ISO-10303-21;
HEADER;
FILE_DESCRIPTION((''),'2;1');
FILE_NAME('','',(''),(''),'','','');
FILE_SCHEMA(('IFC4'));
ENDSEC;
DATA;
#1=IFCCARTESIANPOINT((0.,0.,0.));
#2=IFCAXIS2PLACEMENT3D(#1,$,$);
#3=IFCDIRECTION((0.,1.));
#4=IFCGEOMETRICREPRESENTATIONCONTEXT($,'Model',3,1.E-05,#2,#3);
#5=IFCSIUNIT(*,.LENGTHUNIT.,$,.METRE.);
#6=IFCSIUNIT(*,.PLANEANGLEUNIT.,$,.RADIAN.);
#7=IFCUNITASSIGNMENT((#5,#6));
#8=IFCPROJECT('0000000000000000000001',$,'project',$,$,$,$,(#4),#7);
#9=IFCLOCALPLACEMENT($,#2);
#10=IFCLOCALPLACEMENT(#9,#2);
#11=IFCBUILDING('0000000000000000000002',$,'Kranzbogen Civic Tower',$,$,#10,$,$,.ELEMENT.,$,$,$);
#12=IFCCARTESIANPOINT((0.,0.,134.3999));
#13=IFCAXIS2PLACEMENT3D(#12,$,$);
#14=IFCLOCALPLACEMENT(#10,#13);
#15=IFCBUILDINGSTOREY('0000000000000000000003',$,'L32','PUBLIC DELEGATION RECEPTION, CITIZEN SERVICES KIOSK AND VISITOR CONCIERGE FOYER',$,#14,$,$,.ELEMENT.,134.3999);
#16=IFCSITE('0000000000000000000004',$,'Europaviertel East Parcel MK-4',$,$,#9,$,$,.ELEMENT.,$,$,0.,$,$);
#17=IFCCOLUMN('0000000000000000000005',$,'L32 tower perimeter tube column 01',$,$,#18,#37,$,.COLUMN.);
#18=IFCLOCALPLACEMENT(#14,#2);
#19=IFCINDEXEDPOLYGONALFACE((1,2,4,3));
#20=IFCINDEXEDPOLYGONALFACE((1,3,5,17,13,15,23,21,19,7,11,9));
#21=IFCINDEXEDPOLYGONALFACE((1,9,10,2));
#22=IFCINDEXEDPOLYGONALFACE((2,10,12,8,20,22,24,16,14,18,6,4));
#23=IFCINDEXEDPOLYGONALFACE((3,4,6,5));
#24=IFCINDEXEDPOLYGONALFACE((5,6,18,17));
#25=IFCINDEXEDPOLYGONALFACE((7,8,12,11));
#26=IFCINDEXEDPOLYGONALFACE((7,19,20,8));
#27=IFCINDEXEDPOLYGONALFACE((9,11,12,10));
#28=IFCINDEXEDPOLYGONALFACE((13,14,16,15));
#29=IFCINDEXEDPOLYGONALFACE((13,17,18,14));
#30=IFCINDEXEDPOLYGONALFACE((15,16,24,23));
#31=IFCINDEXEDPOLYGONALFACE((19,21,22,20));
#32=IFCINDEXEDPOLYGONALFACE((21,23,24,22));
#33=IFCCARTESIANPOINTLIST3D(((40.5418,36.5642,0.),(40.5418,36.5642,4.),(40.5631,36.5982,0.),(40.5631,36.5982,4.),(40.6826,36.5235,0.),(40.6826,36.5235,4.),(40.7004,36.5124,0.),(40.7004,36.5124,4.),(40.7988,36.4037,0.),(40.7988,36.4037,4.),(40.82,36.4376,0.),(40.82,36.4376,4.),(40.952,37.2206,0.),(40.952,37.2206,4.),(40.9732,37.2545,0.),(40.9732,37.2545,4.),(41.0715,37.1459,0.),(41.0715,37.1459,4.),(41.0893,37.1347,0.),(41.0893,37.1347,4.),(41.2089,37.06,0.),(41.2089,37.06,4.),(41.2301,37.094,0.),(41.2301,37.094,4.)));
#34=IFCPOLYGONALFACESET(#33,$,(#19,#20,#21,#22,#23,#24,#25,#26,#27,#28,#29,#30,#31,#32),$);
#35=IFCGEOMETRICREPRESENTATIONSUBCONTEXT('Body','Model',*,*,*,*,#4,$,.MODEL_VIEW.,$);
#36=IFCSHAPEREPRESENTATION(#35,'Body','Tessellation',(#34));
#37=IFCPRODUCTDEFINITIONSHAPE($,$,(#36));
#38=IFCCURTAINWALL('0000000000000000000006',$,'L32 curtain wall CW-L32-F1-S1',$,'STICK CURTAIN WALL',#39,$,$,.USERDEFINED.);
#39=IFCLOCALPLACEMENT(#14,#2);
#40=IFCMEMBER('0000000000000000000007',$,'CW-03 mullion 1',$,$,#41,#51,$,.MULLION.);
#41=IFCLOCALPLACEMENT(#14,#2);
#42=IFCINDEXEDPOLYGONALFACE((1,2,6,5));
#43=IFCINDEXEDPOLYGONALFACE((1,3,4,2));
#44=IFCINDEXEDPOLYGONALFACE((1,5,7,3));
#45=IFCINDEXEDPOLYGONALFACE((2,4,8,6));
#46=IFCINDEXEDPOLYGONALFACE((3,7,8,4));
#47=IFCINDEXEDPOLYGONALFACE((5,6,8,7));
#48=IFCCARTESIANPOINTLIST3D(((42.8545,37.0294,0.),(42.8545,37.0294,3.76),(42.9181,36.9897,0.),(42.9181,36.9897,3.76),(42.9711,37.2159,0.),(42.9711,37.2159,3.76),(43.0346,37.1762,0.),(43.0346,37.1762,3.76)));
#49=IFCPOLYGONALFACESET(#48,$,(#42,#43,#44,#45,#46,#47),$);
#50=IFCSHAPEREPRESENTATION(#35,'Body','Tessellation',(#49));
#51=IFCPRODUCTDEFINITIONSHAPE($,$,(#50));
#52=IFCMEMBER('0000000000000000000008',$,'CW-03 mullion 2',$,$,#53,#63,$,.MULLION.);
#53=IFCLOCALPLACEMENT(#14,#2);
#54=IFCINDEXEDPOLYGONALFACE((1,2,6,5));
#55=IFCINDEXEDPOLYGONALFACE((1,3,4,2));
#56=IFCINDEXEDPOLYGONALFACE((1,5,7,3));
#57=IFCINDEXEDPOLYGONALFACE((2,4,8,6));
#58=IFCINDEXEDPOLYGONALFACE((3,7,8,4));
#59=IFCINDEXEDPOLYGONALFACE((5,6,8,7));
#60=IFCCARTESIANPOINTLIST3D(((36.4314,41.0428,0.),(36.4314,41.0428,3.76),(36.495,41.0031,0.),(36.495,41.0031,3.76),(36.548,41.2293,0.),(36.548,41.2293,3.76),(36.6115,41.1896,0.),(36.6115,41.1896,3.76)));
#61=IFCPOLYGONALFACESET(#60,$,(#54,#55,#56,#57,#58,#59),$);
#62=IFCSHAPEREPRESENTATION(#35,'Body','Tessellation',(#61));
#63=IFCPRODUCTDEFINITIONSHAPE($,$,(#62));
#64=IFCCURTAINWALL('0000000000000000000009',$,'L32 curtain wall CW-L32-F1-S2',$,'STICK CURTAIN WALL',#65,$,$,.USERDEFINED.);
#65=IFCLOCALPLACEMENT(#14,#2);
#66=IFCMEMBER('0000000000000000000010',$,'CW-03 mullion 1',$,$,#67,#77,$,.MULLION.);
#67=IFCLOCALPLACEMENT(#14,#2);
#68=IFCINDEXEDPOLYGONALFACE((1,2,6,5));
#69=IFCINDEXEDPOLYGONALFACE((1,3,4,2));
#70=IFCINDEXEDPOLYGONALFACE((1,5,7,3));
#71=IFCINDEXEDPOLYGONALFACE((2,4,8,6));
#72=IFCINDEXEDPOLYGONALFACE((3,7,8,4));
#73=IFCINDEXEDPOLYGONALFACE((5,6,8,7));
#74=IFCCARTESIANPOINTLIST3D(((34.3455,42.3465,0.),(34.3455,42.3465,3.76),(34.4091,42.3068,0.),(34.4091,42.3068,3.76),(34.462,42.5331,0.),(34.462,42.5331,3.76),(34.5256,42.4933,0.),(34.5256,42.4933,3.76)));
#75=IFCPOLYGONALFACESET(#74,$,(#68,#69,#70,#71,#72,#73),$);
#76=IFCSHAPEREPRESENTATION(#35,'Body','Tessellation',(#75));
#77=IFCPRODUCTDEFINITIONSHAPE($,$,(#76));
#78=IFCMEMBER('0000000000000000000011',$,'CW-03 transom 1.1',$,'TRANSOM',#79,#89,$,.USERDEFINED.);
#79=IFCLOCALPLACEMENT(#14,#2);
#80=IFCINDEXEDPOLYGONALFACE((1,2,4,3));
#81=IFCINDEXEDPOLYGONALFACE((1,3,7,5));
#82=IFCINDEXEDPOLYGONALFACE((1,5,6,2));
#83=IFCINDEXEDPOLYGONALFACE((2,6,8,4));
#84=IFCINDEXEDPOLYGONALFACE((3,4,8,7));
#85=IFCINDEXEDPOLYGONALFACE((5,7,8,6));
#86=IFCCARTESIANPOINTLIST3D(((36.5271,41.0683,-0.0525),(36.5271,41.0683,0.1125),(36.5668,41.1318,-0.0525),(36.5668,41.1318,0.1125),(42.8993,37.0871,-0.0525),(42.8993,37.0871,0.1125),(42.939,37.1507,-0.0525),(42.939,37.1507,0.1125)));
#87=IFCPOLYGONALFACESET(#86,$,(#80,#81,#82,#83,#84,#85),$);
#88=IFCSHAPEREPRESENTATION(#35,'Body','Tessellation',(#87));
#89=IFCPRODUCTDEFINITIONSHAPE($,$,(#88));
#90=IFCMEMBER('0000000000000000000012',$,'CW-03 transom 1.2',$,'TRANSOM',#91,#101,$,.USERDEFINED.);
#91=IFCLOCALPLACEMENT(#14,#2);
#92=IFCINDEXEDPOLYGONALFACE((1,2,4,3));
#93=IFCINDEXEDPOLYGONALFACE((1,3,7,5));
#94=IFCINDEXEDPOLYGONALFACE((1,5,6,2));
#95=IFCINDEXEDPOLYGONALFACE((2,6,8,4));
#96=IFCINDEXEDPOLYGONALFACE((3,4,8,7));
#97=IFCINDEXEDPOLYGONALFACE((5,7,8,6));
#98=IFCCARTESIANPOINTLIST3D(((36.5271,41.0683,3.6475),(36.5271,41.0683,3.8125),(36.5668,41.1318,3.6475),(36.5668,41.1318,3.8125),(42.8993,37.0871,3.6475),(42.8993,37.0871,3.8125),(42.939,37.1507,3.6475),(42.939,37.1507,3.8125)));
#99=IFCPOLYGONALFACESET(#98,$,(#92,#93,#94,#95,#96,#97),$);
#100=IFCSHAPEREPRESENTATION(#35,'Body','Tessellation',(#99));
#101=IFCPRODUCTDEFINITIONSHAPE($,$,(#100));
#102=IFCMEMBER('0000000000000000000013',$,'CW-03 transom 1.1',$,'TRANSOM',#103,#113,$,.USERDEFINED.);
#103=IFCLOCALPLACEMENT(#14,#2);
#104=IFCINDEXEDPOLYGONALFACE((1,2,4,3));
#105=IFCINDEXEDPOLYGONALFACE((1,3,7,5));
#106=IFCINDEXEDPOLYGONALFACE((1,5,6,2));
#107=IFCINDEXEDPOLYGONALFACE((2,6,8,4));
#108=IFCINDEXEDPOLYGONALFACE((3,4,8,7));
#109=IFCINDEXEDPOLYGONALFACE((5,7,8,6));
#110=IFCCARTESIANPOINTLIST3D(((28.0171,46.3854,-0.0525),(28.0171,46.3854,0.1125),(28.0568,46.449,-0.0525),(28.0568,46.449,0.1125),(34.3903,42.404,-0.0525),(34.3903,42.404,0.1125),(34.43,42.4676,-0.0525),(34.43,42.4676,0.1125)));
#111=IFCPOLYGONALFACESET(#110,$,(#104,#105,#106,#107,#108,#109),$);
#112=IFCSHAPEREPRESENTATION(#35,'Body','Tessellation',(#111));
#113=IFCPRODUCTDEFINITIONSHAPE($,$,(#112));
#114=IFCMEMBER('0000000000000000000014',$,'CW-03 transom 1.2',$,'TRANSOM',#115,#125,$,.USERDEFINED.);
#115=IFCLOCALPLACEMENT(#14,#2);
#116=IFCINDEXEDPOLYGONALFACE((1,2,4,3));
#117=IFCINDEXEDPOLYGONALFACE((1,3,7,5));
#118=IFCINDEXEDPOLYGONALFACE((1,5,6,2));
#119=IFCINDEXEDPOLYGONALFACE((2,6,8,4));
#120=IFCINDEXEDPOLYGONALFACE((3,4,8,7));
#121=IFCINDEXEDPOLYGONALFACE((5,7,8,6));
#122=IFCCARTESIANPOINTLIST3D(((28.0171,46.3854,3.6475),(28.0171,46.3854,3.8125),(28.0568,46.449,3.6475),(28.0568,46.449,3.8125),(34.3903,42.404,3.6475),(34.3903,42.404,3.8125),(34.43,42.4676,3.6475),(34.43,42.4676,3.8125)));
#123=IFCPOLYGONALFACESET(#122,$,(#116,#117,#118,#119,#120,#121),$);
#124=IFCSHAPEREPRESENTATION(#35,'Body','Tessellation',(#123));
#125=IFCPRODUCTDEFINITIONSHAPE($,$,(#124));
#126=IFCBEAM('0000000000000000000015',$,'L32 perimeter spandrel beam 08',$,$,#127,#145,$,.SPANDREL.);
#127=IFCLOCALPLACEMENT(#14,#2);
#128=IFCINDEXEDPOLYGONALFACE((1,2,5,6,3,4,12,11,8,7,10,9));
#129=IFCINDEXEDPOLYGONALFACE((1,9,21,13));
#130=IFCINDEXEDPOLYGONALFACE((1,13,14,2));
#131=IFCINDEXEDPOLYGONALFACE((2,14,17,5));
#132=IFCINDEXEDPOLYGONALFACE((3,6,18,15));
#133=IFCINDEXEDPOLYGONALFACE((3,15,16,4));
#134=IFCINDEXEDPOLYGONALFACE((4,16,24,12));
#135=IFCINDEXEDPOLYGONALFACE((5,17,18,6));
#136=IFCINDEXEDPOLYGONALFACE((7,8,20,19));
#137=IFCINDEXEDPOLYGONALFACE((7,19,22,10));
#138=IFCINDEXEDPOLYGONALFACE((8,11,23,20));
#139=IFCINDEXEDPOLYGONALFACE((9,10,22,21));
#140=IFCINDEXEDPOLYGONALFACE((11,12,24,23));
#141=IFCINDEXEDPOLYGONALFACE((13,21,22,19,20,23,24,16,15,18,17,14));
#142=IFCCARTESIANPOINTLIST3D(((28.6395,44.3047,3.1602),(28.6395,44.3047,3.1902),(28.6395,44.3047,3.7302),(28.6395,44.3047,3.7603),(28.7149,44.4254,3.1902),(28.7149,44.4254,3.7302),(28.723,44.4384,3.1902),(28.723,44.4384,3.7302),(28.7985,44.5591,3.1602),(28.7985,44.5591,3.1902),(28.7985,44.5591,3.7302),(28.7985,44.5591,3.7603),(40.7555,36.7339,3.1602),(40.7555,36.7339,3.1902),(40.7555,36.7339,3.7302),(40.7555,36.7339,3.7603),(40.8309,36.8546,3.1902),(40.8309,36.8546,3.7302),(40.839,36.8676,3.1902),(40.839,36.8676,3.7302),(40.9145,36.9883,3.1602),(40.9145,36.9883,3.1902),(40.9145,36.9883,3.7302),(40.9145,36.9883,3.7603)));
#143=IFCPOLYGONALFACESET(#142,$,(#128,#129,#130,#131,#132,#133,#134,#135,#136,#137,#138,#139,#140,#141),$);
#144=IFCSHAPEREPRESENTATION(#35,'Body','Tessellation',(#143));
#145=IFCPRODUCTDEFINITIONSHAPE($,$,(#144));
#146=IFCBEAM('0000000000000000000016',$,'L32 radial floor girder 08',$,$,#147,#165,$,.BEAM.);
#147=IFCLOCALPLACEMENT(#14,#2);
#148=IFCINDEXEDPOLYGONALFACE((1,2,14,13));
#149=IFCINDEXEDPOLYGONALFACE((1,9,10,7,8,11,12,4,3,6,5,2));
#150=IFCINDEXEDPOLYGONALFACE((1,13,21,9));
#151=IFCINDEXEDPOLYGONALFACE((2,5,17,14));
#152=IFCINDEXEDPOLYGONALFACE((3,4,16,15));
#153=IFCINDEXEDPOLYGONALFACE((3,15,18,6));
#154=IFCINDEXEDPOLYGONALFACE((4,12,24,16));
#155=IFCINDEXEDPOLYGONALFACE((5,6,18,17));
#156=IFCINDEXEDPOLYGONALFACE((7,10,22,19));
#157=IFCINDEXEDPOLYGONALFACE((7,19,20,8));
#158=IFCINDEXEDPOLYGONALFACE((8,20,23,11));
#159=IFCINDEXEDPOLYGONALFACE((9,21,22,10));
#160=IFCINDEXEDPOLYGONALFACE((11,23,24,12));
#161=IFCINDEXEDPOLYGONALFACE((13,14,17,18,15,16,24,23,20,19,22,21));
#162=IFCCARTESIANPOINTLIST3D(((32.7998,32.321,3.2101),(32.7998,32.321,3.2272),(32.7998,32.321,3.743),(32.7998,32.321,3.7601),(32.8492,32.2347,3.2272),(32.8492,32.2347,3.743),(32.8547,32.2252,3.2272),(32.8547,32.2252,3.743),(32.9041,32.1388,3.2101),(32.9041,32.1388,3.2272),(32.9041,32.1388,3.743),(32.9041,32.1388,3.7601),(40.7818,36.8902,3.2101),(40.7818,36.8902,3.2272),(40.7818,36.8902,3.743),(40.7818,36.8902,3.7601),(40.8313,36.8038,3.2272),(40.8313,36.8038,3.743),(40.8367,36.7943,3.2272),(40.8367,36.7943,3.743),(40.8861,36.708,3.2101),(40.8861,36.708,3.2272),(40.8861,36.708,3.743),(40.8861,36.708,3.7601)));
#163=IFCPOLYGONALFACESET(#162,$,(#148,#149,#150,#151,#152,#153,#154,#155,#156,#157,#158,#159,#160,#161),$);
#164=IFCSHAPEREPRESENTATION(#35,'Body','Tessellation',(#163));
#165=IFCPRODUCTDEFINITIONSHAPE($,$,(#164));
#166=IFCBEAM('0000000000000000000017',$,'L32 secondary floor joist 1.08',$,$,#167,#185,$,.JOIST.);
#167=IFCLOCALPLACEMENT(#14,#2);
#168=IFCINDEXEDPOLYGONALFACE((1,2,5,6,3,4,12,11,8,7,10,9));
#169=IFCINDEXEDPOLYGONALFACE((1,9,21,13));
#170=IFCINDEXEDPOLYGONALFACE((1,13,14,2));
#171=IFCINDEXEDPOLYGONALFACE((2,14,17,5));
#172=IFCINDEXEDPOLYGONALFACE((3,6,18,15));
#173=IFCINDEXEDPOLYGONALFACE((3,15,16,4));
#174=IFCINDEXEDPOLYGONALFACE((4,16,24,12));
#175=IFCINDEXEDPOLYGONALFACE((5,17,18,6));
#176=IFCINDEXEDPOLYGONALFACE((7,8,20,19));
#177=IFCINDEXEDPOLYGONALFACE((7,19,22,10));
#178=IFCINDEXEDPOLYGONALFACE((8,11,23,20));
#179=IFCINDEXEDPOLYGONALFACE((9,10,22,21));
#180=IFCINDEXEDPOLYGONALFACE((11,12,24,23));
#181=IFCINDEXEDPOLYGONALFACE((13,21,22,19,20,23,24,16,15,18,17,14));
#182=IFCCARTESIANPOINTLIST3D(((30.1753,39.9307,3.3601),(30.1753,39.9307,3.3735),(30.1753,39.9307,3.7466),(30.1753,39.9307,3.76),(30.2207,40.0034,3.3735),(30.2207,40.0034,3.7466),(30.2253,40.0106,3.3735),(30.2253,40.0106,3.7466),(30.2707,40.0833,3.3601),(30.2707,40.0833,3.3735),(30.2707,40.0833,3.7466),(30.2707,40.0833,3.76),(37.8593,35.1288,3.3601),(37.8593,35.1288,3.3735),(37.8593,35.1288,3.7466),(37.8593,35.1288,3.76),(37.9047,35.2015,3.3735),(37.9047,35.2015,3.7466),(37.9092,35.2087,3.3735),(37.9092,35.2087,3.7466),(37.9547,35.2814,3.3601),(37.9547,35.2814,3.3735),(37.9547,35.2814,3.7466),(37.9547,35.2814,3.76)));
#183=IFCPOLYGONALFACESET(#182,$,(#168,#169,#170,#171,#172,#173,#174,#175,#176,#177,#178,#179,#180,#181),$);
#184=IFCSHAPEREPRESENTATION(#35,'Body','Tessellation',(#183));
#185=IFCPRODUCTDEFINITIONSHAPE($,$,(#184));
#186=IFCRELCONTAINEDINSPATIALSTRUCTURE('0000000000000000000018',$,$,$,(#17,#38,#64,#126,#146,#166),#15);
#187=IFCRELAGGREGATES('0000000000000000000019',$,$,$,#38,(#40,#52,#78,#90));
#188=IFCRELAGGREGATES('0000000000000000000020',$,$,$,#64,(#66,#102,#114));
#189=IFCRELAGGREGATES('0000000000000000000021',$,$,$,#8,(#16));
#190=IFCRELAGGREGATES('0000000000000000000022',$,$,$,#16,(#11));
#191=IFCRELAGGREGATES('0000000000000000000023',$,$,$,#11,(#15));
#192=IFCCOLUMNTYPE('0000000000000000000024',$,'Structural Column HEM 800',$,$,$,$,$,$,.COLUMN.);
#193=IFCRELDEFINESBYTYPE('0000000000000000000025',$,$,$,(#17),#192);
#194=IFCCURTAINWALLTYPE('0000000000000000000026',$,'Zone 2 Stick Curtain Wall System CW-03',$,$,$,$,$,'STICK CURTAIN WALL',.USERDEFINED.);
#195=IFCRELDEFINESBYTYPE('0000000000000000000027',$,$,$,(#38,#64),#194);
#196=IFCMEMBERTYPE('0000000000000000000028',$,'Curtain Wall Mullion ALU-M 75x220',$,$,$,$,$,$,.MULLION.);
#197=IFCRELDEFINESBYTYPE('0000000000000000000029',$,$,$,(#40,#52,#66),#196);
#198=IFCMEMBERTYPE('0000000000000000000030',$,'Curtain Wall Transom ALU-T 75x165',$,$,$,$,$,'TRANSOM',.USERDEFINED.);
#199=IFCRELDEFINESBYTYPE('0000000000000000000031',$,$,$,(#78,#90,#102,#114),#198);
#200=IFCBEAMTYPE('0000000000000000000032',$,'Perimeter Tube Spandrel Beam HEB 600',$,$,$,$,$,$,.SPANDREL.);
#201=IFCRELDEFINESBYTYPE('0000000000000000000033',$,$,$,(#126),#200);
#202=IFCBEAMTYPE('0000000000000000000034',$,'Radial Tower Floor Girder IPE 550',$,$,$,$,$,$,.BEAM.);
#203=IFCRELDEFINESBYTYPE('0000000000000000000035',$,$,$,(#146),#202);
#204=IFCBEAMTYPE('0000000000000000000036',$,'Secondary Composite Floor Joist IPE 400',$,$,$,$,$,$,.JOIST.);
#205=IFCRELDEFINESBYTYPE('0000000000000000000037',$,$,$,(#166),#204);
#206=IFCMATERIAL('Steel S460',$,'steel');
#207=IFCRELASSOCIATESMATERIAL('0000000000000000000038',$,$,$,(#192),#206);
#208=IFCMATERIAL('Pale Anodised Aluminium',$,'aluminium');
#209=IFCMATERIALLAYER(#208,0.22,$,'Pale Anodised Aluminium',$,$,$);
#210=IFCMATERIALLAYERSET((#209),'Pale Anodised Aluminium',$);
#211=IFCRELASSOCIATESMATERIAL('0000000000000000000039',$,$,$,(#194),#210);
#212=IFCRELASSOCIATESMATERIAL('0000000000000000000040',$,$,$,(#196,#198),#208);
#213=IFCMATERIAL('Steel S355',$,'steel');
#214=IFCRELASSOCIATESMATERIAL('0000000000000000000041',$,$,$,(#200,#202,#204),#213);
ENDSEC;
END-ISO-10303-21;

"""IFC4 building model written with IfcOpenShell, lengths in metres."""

from ifc_helpers import new_model, si_unit, direction, frame, origin, origin_2d, place, context, subcontext, project, spatial, rectangle, i_section, extrude, material, layer, layer_set, material_profile, profile_set, type_object, element, aggregate, save


model = new_model("IFC4")

# Units and contexts
model_context = context("Model", 3, precision=1e-05, world=origin(), true_north=direction((0.0, 1.0)))
body_context = subcontext(model_context, "Body", "Model", "MODEL_VIEW")
ifc_project = project(units=[si_unit("LENGTHUNIT", "METRE"), si_unit("PLANEANGLEUNIT", "RADIAN")], contexts=[model_context])

# Site, building, storey
site_placement = place(None, origin())
site = spatial("IfcSite", under=ifc_project, at=site_placement, Name="Europaviertel East Parcel MK-4", CompositionType="ELEMENT", RefElevation=0.0)
building_placement = place(site_placement, origin())
building = spatial("IfcBuilding", under=site, at=building_placement, Name="Kranzbogen Civic Tower", CompositionType="ELEMENT")
storey_placement = place(building_placement, frame((0.0, 0.0, 134.3999)))
storey = spatial("IfcBuildingStorey", under=building, at=storey_placement, Name="L32", Description="PUBLIC DELEGATION RECEPTION, CITIZEN SERVICES KIOSK AND VISITOR CONCIERGE FOYER", CompositionType="ELEMENT", Elevation=134.3999)

# Column
ifc_material_1 = material(Name="Steel S460", Category="steel")
ifc_material_profile_1 = material_profile(ifc_material_1, i_section(OverallWidth=0.303, OverallDepth=0.814, WebThickness=0.021, FlangeThickness=0.04, at=origin_2d()), Name="HEM 800")
ifc_profile_set_1 = profile_set([ifc_material_profile_1], Name="Steel S460")
column_type = type_object("IfcColumnType", Name="Structural Column HEM 800", PredefinedType="COLUMN", material=ifc_profile_set_1)
column_placement = place(storey_placement, frame((40.886, 36.8291, 0.0), z_axis=(0.0, 0.0, 1.0), x_axis=(-0.848048, 0.529919, 0.0)))
element("IfcColumn", 1, at=column_placement, inside=storey, type_object=column_type, Name="L32 tower perimeter tube column 01", PredefinedType="COLUMN", context=body_context, shape_type="SweptSolid", body=[
    extrude(i_section(OverallWidth=0.303, OverallDepth=0.814, WebThickness=0.021, FlangeThickness=0.04, at=origin_2d()), origin(), (0.0, 0.0, 1.0), 4.0),
])

# Curtain wall, members
ifc_material_2 = material(Name="Pale Anodised Aluminium", Category="aluminium")
ifc_layer_1 = layer(ifc_material_2, 0.22, Name="Pale Anodised Aluminium")
ifc_layer_set_1 = layer_set([ifc_layer_1], Name="Pale Anodised Aluminium")
curtain_wall_type = type_object("IfcCurtainWallType", Name="Zone 2 Stick Curtain Wall System CW-03", ElementType="STICK CURTAIN WALL", PredefinedType="USERDEFINED", material=ifc_layer_set_1)
curtain_wall_1_placement = place(storey_placement, origin())
curtain_wall_1 = element("IfcCurtainWall", 2, at=curtain_wall_1_placement, inside=storey, type_object=curtain_wall_type, Name="L32 curtain wall CW-L32-F1-S1", ObjectType="STICK CURTAIN WALL", PredefinedType="USERDEFINED")
ifc_material_profile_2 = material_profile(ifc_material_2, rectangle(XDim=0.075, YDim=0.22, at=origin_2d()), Name="ALU-M 75x220")
ifc_profile_set_2 = profile_set([ifc_material_profile_2], Name="Pale Anodised Aluminium")
member_type_1 = type_object("IfcMemberType", Name="Curtain Wall Mullion ALU-M 75x220", PredefinedType="MULLION", material=ifc_profile_set_2)
member_1_placement = place(storey_placement, frame((42.9446, 37.1028, 0.0), z_axis=(0.0, 0.0, 1.0), x_axis=(-0.848072, 0.529881, 0.0)))
member_1 = element("IfcMember", 3, at=member_1_placement, type_object=member_type_1, Name="CW-03 mullion 1", PredefinedType="MULLION", context=body_context, shape_type="SweptSolid", body=[
    extrude(rectangle(XDim=0.075, YDim=0.22, at=origin_2d()), origin(), (0.0, 0.0, 1.0), 3.76),
])
member_2_placement = place(storey_placement, frame((36.5215, 41.1162, 0.0), z_axis=(0.0, 0.0, 1.0), x_axis=(-0.848072, 0.529881, 0.0)))
member_2 = element("IfcMember", 4, at=member_2_placement, type_object=member_type_1, Name="CW-03 mullion 2", PredefinedType="MULLION", context=body_context, shape_type="SweptSolid", body=[
    extrude(rectangle(XDim=0.075, YDim=0.22, at=origin_2d()), origin(), (0.0, 0.0, 1.0), 3.76),
])

# Curtain wall, member
curtain_wall_2_placement = place(storey_placement, origin())
curtain_wall_2 = element("IfcCurtainWall", 5, at=curtain_wall_2_placement, inside=storey, type_object=curtain_wall_type, Name="L32 curtain wall CW-L32-F1-S2", ObjectType="STICK CURTAIN WALL", PredefinedType="USERDEFINED")
member_3_placement = place(storey_placement, frame((34.4355, 42.4199, 0.0), z_axis=(0.0, 0.0, 1.0), x_axis=(-0.848109, 0.529822, 0.0)))
member_3 = element("IfcMember", 6, at=member_3_placement, type_object=member_type_1, Name="CW-03 mullion 1", PredefinedType="MULLION", context=body_context, shape_type="SweptSolid", body=[
    extrude(rectangle(XDim=0.075, YDim=0.22, at=origin_2d()), origin(), (0.0, 0.0, 1.0), 3.76),
])

# Members
ifc_material_profile_3 = material_profile(ifc_material_2, rectangle(XDim=0.075, YDim=0.165, at=origin_2d()), Name="ALU-T 75x165")
ifc_profile_set_3 = profile_set([ifc_material_profile_3], Name="Pale Anodised Aluminium")
member_type_2 = type_object("IfcMemberType", Name="Curtain Wall Transom ALU-T 75x165", ElementType="TRANSOM", PredefinedType="USERDEFINED", material=ifc_profile_set_3)
member_4_placement = place(storey_placement, frame((42.9192, 37.1189, 0.03), z_axis=(-0.848088, 0.529856, 0.0), x_axis=(-0.529856, -0.848088, 0.0)))
member_4 = element("IfcMember", 7, at=member_4_placement, type_object=member_type_2, Name="CW-03 transom 1.1", ObjectType="TRANSOM", PredefinedType="USERDEFINED", context=body_context, shape_type="SweptSolid", body=[
    extrude(rectangle(XDim=0.075, YDim=0.165, at=origin_2d()), origin(), (0.0, 0.0, 1.0), 7.5137),
])
member_5_placement = place(storey_placement, frame((42.9192, 37.1189, 3.73), z_axis=(-0.848088, 0.529856, 0.0), x_axis=(-0.529856, -0.848088, 0.0)))
member_5 = element("IfcMember", 8, at=member_5_placement, type_object=member_type_2, Name="CW-03 transom 1.2", ObjectType="TRANSOM", PredefinedType="USERDEFINED", context=body_context, shape_type="SweptSolid", body=[
    extrude(rectangle(XDim=0.075, YDim=0.165, at=origin_2d()), origin(), (0.0, 0.0, 1.0), 7.5137),
])
member_6_placement = place(storey_placement, frame((34.4102, 42.4358, 0.03), z_axis=(-0.84811, 0.529821, 0.0), x_axis=(-0.529821, -0.84811, 0.0)))
member_6 = element("IfcMember", 9, at=member_6_placement, type_object=member_type_2, Name="CW-03 transom 1.1", ObjectType="TRANSOM", PredefinedType="USERDEFINED", context=body_context, shape_type="SweptSolid", body=[
    extrude(rectangle(XDim=0.075, YDim=0.165, at=origin_2d()), origin(), (0.0, 0.0, 1.0), 7.5146),
])
member_7_placement = place(storey_placement, frame((34.4102, 42.4358, 3.73), z_axis=(-0.84811, 0.529821, 0.0), x_axis=(-0.529821, -0.84811, 0.0)))
member_7 = element("IfcMember", 10, at=member_7_placement, type_object=member_type_2, Name="CW-03 transom 1.2", ObjectType="TRANSOM", PredefinedType="USERDEFINED", context=body_context, shape_type="SweptSolid", body=[
    extrude(rectangle(XDim=0.075, YDim=0.165, at=origin_2d()), origin(), (0.0, 0.0, 1.0), 7.5146),
])

# Beams
ifc_material_3 = material(Name="Steel S355", Category="steel")
ifc_material_profile_4 = material_profile(ifc_material_3, i_section(OverallWidth=0.3, OverallDepth=0.6001, WebThickness=0.0154, FlangeThickness=0.03, at=origin_2d()), Name="HEB 600")
ifc_profile_set_4 = profile_set([ifc_material_profile_4], Name="Steel S355")
beam_type_1 = type_object("IfcBeamType", Name="Perimeter Tube Spandrel Beam HEB 600", PredefinedType="SPANDREL", material=ifc_profile_set_4)
beam_1_placement = place(storey_placement, frame((40.835, 36.8611, 3.4602), z_axis=(-0.848051, 0.529914, 0.0), x_axis=(-0.529914, -0.848051, 0.0)))
element("IfcBeam", 11, at=beam_1_placement, inside=storey, type_object=beam_type_1, Name="L32 perimeter spandrel beam 08", PredefinedType="SPANDREL", context=body_context, shape_type="SweptSolid", body=[
    extrude(i_section(OverallWidth=0.3, OverallDepth=0.6001, WebThickness=0.0154, FlangeThickness=0.03, at=origin_2d()), origin(), (0.0, 0.0, 1.0), 14.2869),
])
ifc_material_profile_5 = material_profile(ifc_material_3, i_section(OverallWidth=0.21, OverallDepth=0.55, WebThickness=0.011, FlangeThickness=0.0171, at=origin_2d()), Name="IPE 550")
ifc_profile_set_5 = profile_set([ifc_material_profile_5], Name="Steel S355")
beam_type_2 = type_object("IfcBeamType", Name="Radial Tower Floor Girder IPE 550", PredefinedType="BEAM", material=ifc_profile_set_5)
beam_2_placement = place(storey_placement, frame((40.834, 36.7991, 3.4851), z_axis=(-0.867869, -0.496793, 0.0), x_axis=(0.496793, -0.867869, 0.0)))
element("IfcBeam", 12, at=beam_2_placement, inside=storey, type_object=beam_type_2, Name="L32 radial floor girder 08", PredefinedType="BEAM", context=body_context, shape_type="SweptSolid", body=[
    extrude(i_section(OverallWidth=0.21, OverallDepth=0.55, WebThickness=0.011, FlangeThickness=0.0171, at=origin_2d()), origin(), (0.0, 0.0, 1.0), 9.1973),
])
ifc_material_profile_6 = material_profile(ifc_material_3, i_section(OverallWidth=0.1799, OverallDepth=0.3999, WebThickness=0.0085, FlangeThickness=0.0134, at=origin_2d()), Name="IPE 400")
ifc_profile_set_6 = profile_set([ifc_material_profile_6], Name="Steel S355")
beam_type_3 = type_object("IfcBeamType", Name="Secondary Composite Floor Joist IPE 400", PredefinedType="JOIST", material=ifc_profile_set_6)
beam_3_placement = place(storey_placement, frame((37.907, 35.2051, 3.5601), z_axis=(-0.848026, 0.529955, 0.0), x_axis=(-0.529955, -0.848026, 0.0)))
element("IfcBeam", 13, at=beam_3_placement, inside=storey, type_object=beam_type_3, Name="L32 secondary floor joist 1.08", PredefinedType="JOIST", context=body_context, shape_type="SweptSolid", body=[
    extrude(i_section(OverallWidth=0.1799, OverallDepth=0.3999, WebThickness=0.0085, FlangeThickness=0.0134, at=origin_2d()), origin(), (0.0, 0.0, 1.0), 9.061),
])

aggregate(curtain_wall_1, [member_1, member_2, member_4, member_5])
aggregate(curtain_wall_2, [member_3, member_6, member_7])

save(model, "model.ifc")
